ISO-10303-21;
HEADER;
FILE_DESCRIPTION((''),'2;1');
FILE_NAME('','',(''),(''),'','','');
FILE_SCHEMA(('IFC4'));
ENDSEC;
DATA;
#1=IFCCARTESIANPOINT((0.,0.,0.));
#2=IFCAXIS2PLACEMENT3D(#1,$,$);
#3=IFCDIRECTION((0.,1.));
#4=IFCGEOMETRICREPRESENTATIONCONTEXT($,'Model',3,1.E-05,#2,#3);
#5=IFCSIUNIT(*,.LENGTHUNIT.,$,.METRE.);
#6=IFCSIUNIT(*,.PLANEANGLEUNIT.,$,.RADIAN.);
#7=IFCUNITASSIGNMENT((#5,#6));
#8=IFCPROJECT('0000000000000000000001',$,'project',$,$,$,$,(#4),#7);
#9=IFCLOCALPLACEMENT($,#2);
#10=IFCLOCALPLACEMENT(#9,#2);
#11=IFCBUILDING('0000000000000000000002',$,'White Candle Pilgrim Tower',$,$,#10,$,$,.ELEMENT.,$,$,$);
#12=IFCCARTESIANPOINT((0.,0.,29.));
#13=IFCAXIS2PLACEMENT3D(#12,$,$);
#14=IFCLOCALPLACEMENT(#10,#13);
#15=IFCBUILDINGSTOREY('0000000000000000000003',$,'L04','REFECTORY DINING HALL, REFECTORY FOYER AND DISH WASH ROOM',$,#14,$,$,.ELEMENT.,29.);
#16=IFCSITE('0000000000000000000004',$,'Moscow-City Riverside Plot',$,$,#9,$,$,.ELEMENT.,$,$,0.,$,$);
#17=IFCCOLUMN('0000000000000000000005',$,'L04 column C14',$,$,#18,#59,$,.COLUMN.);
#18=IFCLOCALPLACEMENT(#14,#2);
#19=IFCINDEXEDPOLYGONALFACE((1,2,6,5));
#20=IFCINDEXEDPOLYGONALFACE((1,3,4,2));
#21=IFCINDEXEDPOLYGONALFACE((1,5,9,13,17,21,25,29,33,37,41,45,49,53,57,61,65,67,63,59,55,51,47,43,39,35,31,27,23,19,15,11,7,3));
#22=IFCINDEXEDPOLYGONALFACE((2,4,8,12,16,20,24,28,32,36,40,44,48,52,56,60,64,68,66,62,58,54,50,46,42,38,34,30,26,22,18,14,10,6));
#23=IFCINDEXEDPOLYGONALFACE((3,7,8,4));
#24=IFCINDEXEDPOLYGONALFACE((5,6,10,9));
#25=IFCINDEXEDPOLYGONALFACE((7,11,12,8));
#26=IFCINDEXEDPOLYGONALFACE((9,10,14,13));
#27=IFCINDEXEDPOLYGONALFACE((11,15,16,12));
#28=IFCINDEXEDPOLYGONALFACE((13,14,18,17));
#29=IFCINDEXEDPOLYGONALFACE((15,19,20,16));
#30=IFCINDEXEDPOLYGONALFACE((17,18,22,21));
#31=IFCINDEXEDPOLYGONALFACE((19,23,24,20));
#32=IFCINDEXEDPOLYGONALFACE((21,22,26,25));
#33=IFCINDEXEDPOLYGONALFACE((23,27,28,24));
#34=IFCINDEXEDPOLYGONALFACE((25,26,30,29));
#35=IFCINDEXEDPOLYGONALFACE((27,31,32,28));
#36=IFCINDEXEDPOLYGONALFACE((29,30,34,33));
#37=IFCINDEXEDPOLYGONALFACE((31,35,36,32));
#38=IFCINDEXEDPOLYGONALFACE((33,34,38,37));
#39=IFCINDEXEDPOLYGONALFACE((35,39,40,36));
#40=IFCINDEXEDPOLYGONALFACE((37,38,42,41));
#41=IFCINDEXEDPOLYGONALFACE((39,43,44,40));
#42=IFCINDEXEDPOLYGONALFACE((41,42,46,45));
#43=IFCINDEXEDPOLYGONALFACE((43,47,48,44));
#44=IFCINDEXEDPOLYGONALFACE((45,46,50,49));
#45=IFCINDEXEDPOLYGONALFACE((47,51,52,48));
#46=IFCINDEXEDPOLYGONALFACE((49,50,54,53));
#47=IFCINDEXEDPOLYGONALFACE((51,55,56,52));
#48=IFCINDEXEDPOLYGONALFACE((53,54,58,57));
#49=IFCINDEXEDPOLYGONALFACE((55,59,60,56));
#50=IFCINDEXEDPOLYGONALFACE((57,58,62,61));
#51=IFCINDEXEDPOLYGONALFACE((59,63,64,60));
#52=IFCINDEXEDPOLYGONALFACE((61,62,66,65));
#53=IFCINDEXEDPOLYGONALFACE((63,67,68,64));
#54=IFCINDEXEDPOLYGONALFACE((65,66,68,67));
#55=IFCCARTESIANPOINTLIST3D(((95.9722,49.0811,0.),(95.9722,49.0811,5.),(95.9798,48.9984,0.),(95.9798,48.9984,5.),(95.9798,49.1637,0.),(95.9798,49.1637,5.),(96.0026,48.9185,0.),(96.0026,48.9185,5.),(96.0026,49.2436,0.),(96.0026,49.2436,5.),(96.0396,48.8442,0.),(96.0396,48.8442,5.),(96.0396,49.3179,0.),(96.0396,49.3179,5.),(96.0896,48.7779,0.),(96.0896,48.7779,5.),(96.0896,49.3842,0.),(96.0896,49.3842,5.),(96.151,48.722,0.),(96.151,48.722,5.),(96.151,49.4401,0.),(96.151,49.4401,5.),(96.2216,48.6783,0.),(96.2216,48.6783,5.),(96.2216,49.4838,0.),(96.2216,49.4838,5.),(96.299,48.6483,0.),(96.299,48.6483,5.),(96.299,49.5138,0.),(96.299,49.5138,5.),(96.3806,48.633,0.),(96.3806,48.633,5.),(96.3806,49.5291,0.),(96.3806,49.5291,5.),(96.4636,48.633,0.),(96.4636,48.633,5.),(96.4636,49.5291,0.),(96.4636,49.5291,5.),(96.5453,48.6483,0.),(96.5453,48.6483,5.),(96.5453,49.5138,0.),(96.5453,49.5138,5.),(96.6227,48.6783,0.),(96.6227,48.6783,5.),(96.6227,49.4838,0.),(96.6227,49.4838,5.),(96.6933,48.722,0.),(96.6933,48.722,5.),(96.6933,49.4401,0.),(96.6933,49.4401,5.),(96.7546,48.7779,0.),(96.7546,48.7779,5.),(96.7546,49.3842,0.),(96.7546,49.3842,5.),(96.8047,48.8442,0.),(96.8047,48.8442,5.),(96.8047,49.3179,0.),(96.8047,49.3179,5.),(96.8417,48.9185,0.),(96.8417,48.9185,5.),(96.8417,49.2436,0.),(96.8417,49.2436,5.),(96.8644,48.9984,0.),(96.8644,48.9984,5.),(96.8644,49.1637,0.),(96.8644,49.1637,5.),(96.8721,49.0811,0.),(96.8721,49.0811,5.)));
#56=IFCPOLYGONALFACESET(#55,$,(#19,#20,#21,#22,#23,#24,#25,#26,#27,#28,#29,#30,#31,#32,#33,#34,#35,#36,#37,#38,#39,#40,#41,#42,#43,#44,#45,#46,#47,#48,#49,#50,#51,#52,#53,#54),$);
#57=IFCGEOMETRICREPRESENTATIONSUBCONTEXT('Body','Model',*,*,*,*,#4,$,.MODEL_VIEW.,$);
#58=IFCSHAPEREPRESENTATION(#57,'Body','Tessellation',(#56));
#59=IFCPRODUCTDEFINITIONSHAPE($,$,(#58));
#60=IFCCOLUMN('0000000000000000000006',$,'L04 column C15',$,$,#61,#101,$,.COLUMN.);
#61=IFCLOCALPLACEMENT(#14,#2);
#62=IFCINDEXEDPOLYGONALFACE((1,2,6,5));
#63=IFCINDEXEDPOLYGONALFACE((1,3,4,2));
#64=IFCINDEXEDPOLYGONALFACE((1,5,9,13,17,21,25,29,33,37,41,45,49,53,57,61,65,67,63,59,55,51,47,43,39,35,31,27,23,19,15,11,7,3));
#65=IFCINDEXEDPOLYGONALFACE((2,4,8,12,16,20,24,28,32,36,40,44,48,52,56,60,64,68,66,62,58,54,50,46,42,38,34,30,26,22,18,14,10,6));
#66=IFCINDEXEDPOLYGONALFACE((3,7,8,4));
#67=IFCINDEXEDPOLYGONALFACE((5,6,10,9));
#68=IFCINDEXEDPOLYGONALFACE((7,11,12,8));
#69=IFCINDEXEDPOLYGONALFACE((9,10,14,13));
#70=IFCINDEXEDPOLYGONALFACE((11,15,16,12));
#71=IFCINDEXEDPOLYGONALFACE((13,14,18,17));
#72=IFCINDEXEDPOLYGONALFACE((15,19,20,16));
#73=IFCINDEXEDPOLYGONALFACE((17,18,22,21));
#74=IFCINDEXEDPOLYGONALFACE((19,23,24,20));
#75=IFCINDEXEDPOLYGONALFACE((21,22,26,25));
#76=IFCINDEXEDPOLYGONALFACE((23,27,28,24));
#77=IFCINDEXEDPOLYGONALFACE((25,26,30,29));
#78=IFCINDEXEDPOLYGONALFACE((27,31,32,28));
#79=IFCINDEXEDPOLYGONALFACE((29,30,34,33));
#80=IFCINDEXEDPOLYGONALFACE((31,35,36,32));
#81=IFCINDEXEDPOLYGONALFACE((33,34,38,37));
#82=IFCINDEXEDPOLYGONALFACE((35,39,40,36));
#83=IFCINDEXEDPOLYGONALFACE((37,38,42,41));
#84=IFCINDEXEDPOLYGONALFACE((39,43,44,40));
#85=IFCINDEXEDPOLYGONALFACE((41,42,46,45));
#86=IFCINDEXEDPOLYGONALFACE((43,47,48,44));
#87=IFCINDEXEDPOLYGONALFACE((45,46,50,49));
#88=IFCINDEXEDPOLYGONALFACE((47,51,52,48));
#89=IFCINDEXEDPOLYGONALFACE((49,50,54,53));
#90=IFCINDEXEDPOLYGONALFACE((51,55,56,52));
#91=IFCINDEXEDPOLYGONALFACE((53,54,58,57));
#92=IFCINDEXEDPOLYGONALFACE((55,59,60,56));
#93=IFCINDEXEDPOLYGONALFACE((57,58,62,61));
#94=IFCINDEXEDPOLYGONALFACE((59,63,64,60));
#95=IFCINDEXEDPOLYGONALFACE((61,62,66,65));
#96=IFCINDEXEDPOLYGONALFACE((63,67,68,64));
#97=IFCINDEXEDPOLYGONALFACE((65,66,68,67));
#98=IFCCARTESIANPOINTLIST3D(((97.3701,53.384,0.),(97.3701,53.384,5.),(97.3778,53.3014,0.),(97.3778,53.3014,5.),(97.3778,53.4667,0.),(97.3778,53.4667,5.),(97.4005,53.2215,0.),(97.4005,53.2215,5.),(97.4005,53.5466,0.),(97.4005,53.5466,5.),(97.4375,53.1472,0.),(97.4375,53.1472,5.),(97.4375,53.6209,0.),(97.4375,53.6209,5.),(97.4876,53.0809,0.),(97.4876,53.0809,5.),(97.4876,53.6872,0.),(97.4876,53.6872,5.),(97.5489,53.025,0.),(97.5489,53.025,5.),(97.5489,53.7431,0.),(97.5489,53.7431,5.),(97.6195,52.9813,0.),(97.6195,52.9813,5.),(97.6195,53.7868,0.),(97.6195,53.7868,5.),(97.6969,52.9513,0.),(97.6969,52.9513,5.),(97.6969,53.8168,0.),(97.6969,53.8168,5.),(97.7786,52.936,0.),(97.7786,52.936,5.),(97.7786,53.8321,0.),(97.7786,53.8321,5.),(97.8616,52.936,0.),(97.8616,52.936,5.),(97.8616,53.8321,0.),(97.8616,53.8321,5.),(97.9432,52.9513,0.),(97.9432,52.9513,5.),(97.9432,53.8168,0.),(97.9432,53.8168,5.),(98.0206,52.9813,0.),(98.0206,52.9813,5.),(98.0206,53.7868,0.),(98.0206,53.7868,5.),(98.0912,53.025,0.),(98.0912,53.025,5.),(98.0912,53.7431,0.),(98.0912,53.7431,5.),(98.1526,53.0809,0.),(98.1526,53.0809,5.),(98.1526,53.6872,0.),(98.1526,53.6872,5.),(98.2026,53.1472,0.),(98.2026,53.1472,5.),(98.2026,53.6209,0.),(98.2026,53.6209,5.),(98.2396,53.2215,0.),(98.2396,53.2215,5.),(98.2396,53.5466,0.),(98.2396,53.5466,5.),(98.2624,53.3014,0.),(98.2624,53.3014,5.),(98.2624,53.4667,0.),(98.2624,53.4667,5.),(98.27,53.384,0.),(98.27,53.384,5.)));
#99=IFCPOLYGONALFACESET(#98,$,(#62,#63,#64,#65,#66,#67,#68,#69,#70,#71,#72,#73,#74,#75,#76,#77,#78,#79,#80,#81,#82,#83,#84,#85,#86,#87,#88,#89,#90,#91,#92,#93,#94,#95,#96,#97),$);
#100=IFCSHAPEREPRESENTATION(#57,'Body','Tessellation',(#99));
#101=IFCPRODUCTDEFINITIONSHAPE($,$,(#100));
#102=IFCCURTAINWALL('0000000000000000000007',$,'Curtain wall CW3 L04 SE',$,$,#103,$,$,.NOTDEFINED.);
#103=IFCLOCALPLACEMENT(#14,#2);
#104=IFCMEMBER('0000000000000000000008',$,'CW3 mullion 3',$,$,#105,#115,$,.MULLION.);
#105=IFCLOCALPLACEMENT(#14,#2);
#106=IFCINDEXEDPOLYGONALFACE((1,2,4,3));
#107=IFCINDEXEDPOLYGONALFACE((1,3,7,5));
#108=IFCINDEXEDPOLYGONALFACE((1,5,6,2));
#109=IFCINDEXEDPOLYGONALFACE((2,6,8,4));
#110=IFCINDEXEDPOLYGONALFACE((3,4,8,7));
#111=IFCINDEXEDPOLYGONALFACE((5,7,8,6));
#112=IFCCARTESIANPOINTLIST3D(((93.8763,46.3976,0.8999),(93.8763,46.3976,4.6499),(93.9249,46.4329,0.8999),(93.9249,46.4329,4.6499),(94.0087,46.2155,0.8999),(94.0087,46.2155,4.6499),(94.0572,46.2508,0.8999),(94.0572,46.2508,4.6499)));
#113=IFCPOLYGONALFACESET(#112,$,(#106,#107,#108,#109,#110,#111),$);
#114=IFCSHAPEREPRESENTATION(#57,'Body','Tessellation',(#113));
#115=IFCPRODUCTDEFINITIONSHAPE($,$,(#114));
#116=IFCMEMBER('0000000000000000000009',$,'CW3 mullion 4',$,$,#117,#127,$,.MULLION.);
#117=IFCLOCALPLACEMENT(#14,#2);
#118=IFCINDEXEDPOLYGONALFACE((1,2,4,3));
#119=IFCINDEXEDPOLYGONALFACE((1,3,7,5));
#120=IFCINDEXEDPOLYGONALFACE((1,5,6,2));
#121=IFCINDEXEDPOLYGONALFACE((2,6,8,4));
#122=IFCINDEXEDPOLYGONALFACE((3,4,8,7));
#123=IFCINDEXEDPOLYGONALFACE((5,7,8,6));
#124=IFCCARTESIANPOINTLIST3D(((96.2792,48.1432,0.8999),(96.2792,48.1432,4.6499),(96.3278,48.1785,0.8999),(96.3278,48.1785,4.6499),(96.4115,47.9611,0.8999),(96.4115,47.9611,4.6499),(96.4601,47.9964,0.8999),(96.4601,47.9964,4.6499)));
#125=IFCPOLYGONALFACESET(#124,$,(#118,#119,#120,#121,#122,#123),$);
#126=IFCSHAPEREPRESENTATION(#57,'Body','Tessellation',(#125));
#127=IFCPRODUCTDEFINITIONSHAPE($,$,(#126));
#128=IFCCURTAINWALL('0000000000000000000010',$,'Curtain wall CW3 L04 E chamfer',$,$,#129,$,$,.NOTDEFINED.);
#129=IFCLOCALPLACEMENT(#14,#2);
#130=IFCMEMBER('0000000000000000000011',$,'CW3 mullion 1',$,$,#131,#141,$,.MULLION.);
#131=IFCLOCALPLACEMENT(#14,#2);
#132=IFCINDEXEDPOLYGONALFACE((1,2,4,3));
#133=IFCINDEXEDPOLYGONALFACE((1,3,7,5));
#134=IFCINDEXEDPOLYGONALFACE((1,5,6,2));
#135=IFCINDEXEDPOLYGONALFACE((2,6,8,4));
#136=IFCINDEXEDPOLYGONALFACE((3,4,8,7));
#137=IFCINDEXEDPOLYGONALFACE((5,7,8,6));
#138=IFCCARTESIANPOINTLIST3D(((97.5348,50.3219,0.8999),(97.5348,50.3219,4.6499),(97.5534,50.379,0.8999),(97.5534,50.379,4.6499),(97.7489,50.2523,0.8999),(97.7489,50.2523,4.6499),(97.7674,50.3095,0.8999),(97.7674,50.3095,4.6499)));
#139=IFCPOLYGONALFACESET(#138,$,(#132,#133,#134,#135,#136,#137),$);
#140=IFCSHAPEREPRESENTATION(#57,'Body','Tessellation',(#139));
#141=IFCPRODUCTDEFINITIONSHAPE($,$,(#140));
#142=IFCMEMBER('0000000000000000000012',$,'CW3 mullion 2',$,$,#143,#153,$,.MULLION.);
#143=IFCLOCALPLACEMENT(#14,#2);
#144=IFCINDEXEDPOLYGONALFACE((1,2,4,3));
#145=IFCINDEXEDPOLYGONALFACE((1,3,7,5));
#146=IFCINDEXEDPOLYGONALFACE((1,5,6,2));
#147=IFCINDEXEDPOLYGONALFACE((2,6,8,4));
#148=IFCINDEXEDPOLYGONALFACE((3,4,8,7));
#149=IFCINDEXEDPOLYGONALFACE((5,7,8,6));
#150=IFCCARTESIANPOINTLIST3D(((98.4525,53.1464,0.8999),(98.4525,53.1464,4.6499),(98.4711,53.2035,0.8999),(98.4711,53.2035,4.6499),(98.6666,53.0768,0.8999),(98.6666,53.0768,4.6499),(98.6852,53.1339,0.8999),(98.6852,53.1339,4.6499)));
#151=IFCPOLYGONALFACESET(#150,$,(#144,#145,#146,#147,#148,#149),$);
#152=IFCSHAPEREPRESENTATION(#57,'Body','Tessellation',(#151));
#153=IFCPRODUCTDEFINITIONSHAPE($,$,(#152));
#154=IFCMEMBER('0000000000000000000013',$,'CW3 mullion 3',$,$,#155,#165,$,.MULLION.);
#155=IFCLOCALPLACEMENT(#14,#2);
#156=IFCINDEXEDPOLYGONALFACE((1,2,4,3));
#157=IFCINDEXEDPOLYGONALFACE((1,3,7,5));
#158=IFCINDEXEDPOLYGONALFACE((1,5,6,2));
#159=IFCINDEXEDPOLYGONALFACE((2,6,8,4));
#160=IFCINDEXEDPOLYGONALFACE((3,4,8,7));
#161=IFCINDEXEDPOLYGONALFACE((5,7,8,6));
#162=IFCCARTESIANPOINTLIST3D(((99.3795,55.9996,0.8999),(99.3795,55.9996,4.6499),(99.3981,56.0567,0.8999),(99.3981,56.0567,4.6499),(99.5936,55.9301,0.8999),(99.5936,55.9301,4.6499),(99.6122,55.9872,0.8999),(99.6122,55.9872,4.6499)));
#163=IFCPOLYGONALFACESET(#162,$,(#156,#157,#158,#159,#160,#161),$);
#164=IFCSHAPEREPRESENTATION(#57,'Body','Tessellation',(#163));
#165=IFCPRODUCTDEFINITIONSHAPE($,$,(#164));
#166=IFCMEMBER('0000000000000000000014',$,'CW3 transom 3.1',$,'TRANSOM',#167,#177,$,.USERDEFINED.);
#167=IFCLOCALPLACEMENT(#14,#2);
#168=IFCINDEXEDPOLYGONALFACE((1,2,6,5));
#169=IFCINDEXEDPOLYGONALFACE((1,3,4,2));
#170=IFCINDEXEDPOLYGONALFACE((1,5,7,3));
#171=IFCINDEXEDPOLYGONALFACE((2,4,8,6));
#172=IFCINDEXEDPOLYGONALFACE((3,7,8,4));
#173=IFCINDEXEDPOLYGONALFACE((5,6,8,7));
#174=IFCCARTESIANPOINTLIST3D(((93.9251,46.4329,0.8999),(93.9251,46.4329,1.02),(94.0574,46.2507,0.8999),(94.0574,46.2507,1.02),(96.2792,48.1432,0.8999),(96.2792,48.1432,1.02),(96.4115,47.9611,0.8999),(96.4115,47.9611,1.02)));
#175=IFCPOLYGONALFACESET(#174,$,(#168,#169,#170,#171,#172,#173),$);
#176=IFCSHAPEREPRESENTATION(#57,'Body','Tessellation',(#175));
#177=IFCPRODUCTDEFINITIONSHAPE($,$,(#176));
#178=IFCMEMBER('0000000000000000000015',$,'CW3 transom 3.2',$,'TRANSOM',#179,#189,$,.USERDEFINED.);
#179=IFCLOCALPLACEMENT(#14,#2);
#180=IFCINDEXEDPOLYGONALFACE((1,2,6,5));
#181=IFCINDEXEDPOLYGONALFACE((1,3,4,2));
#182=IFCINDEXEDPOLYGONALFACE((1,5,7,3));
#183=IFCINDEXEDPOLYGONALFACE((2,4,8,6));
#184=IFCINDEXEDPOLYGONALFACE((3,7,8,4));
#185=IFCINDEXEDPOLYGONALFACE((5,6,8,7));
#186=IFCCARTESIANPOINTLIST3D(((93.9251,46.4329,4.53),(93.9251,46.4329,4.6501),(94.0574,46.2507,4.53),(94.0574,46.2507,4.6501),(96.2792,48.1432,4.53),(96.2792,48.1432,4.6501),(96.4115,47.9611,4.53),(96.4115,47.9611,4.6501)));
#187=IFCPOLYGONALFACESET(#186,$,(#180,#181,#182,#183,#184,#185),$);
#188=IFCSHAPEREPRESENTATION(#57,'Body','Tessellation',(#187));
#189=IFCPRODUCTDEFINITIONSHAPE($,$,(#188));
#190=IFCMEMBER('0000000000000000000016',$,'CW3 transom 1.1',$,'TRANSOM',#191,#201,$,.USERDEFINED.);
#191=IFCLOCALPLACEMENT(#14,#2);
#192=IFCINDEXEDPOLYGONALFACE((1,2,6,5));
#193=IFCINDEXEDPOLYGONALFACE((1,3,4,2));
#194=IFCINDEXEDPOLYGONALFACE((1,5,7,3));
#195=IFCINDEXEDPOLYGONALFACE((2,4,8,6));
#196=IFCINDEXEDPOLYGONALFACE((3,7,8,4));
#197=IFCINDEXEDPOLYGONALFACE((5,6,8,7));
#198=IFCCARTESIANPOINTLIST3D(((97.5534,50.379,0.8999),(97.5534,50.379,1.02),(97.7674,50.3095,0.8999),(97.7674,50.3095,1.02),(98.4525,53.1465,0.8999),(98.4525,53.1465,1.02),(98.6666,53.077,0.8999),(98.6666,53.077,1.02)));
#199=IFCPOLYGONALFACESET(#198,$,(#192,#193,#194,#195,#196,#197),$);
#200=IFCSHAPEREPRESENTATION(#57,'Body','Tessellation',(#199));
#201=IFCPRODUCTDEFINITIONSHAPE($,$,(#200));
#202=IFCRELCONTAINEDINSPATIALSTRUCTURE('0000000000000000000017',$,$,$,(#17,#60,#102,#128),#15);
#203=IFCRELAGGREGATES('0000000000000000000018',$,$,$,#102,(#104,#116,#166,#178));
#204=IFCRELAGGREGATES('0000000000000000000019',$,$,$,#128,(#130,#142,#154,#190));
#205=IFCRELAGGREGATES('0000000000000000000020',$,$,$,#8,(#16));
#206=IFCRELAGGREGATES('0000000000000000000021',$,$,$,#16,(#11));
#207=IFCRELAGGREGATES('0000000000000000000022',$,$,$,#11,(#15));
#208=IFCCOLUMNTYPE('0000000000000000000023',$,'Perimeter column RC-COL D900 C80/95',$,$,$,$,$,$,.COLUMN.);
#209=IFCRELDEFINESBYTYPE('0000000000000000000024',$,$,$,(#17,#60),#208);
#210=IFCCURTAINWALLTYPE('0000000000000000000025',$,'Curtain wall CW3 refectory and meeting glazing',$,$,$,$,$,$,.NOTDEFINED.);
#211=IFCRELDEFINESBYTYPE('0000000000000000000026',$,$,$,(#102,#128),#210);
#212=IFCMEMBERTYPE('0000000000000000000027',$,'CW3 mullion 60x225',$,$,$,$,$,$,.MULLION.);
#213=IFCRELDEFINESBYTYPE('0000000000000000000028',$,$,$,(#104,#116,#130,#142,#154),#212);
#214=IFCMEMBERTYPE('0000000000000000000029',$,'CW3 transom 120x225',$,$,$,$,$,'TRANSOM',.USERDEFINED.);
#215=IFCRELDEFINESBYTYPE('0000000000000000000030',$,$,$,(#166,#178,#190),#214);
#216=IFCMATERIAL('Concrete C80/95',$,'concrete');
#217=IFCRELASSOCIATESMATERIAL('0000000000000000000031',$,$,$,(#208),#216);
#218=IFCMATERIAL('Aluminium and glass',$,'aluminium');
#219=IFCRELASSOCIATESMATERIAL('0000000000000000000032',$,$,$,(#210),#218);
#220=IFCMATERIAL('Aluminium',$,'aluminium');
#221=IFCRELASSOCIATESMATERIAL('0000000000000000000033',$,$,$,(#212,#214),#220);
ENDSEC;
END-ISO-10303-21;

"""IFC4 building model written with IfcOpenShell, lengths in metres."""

from ifc_helpers import new_model, si_unit, direction, frame, origin, origin_2d, place, context, subcontext, project, spatial, rectangle, circle, extrude, material, material_profile, profile_set, type_object, element, aggregate, save


model = new_model("IFC4")

# Units and contexts
model_context = context("Model", 3, precision=1e-05, world=origin(), true_north=direction((0.0, 1.0)))
body_context = subcontext(model_context, "Body", "Model", "MODEL_VIEW")
ifc_project = project(units=[si_unit("LENGTHUNIT", "METRE"), si_unit("PLANEANGLEUNIT", "RADIAN")], contexts=[model_context])

# Site, building, storey
site_placement = place(None, origin())
site = spatial("IfcSite", under=ifc_project, at=site_placement, Name="Moscow-City Riverside Plot", CompositionType="ELEMENT", RefElevation=0.0)
building_placement = place(site_placement, origin())
building = spatial("IfcBuilding", under=site, at=building_placement, Name="White Candle Pilgrim Tower", CompositionType="ELEMENT")
storey_placement = place(building_placement, frame((0.0, 0.0, 29.0)))
storey = spatial("IfcBuildingStorey", under=building, at=storey_placement, Name="L04", Description="REFECTORY DINING HALL, REFECTORY FOYER AND DISH WASH ROOM", CompositionType="ELEMENT", Elevation=29.0)

# Columns
ifc_material_1 = material(Name="Concrete C80/95", Category="concrete")
ifc_material_profile_1 = material_profile(ifc_material_1, circle(Radius=0.45, at=origin_2d()), Name="RC-COL D900")
ifc_profile_set_1 = profile_set([ifc_material_profile_1], Name="Concrete C80/95")
column_type = type_object("IfcColumnType", Name="Perimeter column RC-COL D900 C80/95", PredefinedType="COLUMN", material=ifc_profile_set_1)
for number, where, z_axis, x_axis, name in (
    (1, (96.4221, 49.0811, 0.0), (0.0, 0.0, 1.0), (1.0, 0.0, 0.0), "L04 column C14"),
    (2, (97.8201, 53.384, 0.0), (0.0, 0.0, 1.0), (1.0, 0.0, 0.0), "L04 column C15"),
):
    element("IfcColumn", number, at=place(storey_placement, frame(where, z_axis=z_axis, x_axis=x_axis)), inside=storey, type_object=column_type, Name=name, PredefinedType="COLUMN", context=body_context, shape_type="SweptSolid", body=[
        extrude(circle(Radius=0.45, at=origin_2d()), origin(), (0.0, 0.0, 1.0), 5.0),
    ])

# Curtain walls, members
ifc_material_2 = material(Name="Aluminium and glass", Category="aluminium")
curtain_wall_type = type_object("IfcCurtainWallType", Name="Curtain wall CW3 refectory and meeting glazing", PredefinedType="NOTDEFINED", material=ifc_material_2)
curtain_wall_1_placement = place(storey_placement, origin())
curtain_wall_1 = element("IfcCurtainWall", 3, at=curtain_wall_1_placement, inside=storey, type_object=curtain_wall_type, Name="Curtain wall CW3 L04 SE", PredefinedType="NOTDEFINED")
ifc_material_3 = material(Name="Aluminium", Category="aluminium")
ifc_material_profile_2 = material_profile(ifc_material_3, rectangle(XDim=0.2251, YDim=0.0601, at=origin_2d()), Name="CW3 mullion 60x225")
ifc_profile_set_2 = profile_set([ifc_material_profile_2], Name="Aluminium")
member_type_1 = type_object("IfcMemberType", Name="CW3 mullion 60x225", PredefinedType="MULLION", material=ifc_profile_set_2)
member_1_placement = place(storey_placement, frame((93.9668, 46.3242, 0.8999), z_axis=(0.0, 0.0, 1.0), x_axis=(-0.587785, 0.809017, 0.0)))
member_1 = element("IfcMember", 4, at=member_1_placement, type_object=member_type_1, Name="CW3 mullion 3", PredefinedType="MULLION", context=body_context, shape_type="SweptSolid", body=[
    extrude(rectangle(XDim=0.2251, YDim=0.0601, at=origin_2d()), origin(), (0.0, 0.0, 1.0), 3.75),
])
member_2_placement = place(storey_placement, frame((96.3696, 48.0698, 0.8999), z_axis=(0.0, 0.0, 1.0), x_axis=(-0.587785, 0.809017, 0.0)))
member_2 = element("IfcMember", 5, at=member_2_placement, type_object=member_type_1, Name="CW3 mullion 4", PredefinedType="MULLION", context=body_context, shape_type="SweptSolid", body=[
    extrude(rectangle(XDim=0.2251, YDim=0.0601, at=origin_2d()), origin(), (0.0, 0.0, 1.0), 3.75),
])
curtain_wall_2_placement = place(storey_placement, origin())
curtain_wall_2 = element("IfcCurtainWall", 6, at=curtain_wall_2_placement, inside=storey, type_object=curtain_wall_type, Name="Curtain wall CW3 L04 E chamfer", PredefinedType="NOTDEFINED")
member_3_placement = place(storey_placement, frame((97.6511, 50.3157, 0.8999), z_axis=(0.0, 0.0, 1.0), x_axis=(-0.951057, 0.309017, 0.0)))
member_3 = element("IfcMember", 7, at=member_3_placement, type_object=member_type_1, Name="CW3 mullion 1", PredefinedType="MULLION", context=body_context, shape_type="SweptSolid", body=[
    extrude(rectangle(XDim=0.2251, YDim=0.0601, at=origin_2d()), origin(), (0.0, 0.0, 1.0), 3.75),
])
member_4_placement = place(storey_placement, frame((98.5688, 53.1401, 0.8999), z_axis=(0.0, 0.0, 1.0), x_axis=(-0.951057, 0.309017, 0.0)))
member_4 = element("IfcMember", 8, at=member_4_placement, type_object=member_type_1, Name="CW3 mullion 2", PredefinedType="MULLION", context=body_context, shape_type="SweptSolid", body=[
    extrude(rectangle(XDim=0.2251, YDim=0.0601, at=origin_2d()), origin(), (0.0, 0.0, 1.0), 3.75),
])
member_5_placement = place(storey_placement, frame((99.4958, 55.9934, 0.8999), z_axis=(0.0, 0.0, 1.0), x_axis=(-0.951057, 0.309017, 0.0)))
member_5 = element("IfcMember", 9, at=member_5_placement, type_object=member_type_1, Name="CW3 mullion 3", PredefinedType="MULLION", context=body_context, shape_type="SweptSolid", body=[
    extrude(rectangle(XDim=0.2251, YDim=0.0601, at=origin_2d()), origin(), (0.0, 0.0, 1.0), 3.75),
])

# Members
ifc_material_profile_3 = material_profile(ifc_material_3, rectangle(XDim=0.2251, YDim=0.1201, at=origin_2d()), Name="CW3 transom 120x225")
ifc_profile_set_3 = profile_set([ifc_material_profile_3], Name="Aluminium")
member_type_2 = type_object("IfcMemberType", Name="CW3 transom 120x225", ElementType="TRANSOM", PredefinedType="USERDEFINED", material=ifc_profile_set_3)
member_6_placement = place(storey_placement, frame((93.9912, 46.3418, 0.96), z_axis=(0.809019, 0.587783, 0.0), x_axis=(-0.587783, 0.809019, 0.0)))
member_6 = element("IfcMember", 10, at=member_6_placement, type_object=member_type_2, Name="CW3 transom 3.1", ObjectType="TRANSOM", PredefinedType="USERDEFINED", context=body_context, shape_type="SweptSolid", body=[
    extrude(rectangle(XDim=0.2251, YDim=0.1201, at=origin_2d()), origin(), (0.0, 0.0, 1.0), 2.9099),
])
member_7_placement = place(storey_placement, frame((93.9912, 46.3418, 4.5901), z_axis=(0.809019, 0.587783, 0.0), x_axis=(-0.587783, 0.809019, 0.0)))
member_7 = element("IfcMember", 11, at=member_7_placement, type_object=member_type_2, Name="CW3 transom 3.2", ObjectType="TRANSOM", PredefinedType="USERDEFINED", context=body_context, shape_type="SweptSolid", body=[
    extrude(rectangle(XDim=0.2251, YDim=0.1201, at=origin_2d()), origin(), (0.0, 0.0, 1.0), 2.9099),
])
member_8_placement = place(storey_placement, frame((97.6604, 50.3442, 0.96), z_axis=(0.308995, 0.951064, 0.0), x_axis=(-0.951064, 0.308995, 0.0)))
member_8 = element("IfcMember", 12, at=member_8_placement, type_object=member_type_2, Name="CW3 transom 1.1", ObjectType="TRANSOM", PredefinedType="USERDEFINED", context=body_context, shape_type="SweptSolid", body=[
    extrude(rectangle(XDim=0.2251, YDim=0.1201, at=origin_2d()), origin(), (0.0, 0.0, 1.0), 2.9099),
])

aggregate(curtain_wall_1, [member_1, member_2, member_6, member_7])
aggregate(curtain_wall_2, [member_3, member_4, member_5, member_8])

save(model, "model.ifc")
